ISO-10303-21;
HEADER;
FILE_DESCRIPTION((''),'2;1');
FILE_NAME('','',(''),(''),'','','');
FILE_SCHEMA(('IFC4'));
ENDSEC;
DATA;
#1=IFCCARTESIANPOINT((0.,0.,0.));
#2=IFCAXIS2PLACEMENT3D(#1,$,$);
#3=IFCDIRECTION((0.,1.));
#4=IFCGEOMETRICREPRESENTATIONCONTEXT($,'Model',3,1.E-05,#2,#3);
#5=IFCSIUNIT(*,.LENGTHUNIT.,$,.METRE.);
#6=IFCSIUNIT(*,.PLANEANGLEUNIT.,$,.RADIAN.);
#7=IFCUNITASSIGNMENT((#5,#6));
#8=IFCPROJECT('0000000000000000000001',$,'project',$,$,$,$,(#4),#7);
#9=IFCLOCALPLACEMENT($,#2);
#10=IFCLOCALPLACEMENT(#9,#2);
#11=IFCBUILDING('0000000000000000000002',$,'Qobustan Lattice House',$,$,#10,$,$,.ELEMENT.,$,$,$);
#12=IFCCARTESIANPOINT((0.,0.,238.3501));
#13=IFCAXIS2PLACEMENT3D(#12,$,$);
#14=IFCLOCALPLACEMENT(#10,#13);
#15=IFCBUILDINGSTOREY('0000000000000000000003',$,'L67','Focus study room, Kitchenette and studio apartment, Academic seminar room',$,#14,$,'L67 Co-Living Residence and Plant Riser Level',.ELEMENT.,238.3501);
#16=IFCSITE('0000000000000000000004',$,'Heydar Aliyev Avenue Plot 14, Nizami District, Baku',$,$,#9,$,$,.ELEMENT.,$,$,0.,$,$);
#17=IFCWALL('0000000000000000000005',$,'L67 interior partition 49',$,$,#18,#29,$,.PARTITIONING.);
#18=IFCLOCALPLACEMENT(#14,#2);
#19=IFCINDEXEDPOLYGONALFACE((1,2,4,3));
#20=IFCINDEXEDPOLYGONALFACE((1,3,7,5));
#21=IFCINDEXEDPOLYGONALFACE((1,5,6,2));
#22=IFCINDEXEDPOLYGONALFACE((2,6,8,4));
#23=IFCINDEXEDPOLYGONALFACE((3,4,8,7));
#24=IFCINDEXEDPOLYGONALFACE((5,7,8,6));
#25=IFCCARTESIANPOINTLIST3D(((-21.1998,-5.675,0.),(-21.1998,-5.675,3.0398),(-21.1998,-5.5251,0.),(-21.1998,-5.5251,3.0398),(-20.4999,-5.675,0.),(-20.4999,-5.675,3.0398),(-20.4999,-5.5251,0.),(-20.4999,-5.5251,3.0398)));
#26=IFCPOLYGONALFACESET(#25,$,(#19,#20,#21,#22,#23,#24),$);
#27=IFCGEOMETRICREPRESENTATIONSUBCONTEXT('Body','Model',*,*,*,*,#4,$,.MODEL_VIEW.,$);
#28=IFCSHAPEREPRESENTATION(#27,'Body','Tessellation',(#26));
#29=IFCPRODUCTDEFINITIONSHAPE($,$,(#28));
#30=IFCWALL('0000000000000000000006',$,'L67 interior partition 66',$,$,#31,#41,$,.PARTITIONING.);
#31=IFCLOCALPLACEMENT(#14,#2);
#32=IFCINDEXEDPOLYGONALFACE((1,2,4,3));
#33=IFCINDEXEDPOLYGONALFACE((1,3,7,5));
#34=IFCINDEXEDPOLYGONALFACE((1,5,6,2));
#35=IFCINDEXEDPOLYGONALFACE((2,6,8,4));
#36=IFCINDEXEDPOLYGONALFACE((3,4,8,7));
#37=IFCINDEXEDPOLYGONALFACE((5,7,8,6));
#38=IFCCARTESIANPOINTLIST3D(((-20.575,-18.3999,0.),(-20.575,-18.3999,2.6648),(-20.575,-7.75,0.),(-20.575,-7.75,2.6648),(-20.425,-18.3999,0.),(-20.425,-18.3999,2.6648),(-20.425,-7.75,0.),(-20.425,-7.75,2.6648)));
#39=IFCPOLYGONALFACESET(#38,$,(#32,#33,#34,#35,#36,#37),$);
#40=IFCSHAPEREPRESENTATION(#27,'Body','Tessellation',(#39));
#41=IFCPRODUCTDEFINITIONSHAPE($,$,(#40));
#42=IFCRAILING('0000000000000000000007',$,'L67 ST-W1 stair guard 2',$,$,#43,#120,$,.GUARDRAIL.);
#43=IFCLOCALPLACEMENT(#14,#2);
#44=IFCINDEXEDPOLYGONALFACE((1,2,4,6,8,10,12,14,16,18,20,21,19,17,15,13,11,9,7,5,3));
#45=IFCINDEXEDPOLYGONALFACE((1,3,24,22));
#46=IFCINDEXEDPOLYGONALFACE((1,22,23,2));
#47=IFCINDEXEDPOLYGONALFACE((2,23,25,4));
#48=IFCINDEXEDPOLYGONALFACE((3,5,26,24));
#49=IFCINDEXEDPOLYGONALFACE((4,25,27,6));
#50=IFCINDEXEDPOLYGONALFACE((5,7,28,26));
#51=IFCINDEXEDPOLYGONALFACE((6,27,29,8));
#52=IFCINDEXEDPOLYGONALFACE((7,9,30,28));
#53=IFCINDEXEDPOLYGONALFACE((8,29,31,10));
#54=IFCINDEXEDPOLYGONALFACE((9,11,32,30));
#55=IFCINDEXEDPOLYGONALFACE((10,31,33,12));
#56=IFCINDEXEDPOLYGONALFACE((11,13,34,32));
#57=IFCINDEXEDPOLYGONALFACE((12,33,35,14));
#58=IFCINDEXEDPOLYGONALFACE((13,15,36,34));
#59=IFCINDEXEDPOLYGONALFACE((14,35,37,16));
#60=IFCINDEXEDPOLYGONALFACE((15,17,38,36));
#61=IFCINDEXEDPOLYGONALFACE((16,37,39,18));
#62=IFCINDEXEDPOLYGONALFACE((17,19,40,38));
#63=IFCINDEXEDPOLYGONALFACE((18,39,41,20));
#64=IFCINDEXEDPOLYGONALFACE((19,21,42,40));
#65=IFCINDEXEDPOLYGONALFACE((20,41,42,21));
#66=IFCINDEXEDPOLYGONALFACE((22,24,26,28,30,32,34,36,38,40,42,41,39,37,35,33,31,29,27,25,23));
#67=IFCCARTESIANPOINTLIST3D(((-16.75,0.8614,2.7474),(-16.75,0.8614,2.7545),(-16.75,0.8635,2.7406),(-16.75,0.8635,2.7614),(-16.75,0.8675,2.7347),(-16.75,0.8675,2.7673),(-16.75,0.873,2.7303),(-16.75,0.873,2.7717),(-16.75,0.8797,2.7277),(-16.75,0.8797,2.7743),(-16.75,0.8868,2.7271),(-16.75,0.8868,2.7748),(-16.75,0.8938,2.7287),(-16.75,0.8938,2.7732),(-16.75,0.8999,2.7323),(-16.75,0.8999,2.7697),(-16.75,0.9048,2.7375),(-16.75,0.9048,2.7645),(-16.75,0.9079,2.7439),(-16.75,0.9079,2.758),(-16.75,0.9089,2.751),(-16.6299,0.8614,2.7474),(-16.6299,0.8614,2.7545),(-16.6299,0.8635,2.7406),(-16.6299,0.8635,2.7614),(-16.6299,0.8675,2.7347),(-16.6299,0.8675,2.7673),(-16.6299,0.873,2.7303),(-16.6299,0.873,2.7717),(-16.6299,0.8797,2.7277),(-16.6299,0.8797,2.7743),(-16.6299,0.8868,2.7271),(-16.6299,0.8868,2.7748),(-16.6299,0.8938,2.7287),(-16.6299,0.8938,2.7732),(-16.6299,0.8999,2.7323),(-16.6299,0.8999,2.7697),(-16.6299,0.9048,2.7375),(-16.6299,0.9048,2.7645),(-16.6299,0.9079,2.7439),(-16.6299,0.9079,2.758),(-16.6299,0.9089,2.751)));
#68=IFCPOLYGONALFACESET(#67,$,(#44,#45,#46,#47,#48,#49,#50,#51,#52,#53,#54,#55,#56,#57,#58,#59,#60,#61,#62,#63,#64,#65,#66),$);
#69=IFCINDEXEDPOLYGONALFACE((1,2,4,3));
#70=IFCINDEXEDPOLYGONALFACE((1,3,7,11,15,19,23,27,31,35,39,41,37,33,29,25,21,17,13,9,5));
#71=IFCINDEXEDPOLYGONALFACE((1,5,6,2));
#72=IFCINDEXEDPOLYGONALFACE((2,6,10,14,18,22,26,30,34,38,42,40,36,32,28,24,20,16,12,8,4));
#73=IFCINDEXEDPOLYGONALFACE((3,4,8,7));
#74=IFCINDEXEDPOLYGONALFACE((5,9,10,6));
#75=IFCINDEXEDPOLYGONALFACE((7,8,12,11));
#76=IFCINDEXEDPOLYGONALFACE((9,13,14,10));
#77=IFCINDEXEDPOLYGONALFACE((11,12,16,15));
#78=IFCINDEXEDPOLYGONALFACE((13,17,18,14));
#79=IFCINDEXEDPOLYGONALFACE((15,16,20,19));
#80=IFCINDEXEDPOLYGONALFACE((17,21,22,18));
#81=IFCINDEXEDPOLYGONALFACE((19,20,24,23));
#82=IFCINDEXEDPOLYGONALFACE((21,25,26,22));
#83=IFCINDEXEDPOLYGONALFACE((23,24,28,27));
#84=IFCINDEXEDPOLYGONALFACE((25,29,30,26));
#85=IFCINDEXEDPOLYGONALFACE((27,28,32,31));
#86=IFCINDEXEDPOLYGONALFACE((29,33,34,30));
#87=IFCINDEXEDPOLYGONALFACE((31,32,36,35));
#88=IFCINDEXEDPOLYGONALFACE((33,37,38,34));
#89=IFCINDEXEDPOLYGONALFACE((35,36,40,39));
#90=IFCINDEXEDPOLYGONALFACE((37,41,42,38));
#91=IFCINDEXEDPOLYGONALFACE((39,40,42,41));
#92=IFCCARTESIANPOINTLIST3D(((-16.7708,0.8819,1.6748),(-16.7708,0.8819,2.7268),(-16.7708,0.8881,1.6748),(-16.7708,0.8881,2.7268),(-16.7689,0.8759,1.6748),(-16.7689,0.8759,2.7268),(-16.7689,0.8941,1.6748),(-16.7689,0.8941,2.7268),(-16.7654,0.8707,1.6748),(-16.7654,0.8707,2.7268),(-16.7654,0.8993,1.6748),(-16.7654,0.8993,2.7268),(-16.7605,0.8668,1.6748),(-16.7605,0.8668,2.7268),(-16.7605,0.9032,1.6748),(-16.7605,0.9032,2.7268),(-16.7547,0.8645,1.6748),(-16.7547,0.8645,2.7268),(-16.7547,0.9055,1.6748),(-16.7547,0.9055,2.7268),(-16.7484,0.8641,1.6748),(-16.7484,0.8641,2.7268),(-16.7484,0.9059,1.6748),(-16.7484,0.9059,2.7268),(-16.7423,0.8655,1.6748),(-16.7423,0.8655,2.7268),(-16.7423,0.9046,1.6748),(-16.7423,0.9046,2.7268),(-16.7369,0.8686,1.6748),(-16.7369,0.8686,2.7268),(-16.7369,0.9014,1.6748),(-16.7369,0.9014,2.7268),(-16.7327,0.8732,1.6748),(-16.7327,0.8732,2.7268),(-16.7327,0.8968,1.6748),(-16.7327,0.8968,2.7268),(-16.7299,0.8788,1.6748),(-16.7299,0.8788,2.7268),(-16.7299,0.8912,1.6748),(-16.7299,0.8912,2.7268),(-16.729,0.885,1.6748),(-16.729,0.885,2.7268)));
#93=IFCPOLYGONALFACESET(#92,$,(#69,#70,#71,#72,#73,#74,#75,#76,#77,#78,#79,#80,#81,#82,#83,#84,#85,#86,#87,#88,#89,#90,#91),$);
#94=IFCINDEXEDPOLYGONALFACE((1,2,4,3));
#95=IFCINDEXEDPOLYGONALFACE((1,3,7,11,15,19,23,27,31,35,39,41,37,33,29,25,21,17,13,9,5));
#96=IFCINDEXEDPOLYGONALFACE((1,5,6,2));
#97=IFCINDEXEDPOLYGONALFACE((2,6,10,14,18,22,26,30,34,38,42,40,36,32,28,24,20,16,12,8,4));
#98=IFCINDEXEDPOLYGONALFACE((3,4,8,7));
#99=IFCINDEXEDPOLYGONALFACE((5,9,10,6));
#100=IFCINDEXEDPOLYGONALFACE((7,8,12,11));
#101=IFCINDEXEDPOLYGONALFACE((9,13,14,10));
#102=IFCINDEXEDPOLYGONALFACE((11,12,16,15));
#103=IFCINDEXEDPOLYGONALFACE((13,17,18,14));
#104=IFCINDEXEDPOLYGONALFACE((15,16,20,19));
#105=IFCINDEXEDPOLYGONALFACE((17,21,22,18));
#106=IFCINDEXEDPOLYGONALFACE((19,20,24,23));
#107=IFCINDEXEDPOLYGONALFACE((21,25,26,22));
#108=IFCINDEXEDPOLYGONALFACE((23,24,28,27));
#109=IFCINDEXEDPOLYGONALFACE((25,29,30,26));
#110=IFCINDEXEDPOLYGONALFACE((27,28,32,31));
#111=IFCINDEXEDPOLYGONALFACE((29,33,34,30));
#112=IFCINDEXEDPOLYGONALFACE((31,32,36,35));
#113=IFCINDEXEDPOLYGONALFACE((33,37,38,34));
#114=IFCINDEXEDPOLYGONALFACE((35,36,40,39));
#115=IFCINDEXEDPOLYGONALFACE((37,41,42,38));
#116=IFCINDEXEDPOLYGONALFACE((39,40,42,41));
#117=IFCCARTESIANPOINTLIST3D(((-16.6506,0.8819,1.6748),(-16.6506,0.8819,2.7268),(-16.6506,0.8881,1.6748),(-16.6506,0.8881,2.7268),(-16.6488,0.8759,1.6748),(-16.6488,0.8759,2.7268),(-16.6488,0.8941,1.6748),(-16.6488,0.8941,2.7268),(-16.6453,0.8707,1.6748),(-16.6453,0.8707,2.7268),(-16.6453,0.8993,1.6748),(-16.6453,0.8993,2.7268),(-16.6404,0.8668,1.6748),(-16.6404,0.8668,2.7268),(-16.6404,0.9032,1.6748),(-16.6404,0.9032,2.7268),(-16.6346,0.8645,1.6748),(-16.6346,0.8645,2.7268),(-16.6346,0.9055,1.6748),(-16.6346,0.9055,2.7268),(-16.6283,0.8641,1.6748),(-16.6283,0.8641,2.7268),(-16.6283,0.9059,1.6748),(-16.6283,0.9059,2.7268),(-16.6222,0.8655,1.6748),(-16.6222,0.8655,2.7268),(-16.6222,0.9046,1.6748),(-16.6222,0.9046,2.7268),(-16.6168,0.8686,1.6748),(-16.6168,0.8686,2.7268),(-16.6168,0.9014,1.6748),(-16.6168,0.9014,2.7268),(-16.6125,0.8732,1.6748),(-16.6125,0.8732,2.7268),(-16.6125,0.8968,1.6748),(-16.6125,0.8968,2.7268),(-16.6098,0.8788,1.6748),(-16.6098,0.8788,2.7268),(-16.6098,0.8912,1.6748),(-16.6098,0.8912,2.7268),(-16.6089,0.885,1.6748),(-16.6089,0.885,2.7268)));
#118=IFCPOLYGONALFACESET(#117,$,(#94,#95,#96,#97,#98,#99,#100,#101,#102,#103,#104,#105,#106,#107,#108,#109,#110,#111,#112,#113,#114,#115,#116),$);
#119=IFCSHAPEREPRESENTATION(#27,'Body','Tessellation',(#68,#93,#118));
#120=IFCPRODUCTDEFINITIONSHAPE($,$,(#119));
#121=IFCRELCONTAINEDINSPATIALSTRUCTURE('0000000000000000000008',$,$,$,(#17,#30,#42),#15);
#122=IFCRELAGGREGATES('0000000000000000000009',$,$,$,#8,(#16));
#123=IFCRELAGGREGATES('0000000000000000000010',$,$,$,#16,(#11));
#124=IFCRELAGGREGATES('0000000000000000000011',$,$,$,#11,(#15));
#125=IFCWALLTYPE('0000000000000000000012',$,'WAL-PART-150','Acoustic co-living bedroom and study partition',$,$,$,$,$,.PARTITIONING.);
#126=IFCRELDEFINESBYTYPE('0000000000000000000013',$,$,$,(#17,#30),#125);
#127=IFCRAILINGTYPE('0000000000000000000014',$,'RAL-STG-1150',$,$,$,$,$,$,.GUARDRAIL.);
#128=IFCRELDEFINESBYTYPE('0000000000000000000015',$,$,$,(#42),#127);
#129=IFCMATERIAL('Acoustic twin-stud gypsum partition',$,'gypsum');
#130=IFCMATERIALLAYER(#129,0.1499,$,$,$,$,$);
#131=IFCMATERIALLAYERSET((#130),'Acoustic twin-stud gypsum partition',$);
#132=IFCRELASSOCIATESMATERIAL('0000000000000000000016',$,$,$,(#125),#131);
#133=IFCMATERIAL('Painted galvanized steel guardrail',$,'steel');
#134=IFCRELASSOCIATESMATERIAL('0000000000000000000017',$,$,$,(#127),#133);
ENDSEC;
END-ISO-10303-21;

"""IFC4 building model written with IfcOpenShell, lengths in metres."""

from ifc_helpers import new_model, si_unit, direction, frame, frame_2d, origin, origin_2d, place, context, subcontext, project, spatial, rectangle, circle, extrude, material, layer, layer_set, type_object, element, save


model = new_model("IFC4")

# Units and contexts
model_context = context("Model", 3, precision=1e-05, world=origin(), true_north=direction((0.0, 1.0)))
body_context = subcontext(model_context, "Body", "Model", "MODEL_VIEW")
ifc_project = project(units=[si_unit("LENGTHUNIT", "METRE"), si_unit("PLANEANGLEUNIT", "RADIAN")], contexts=[model_context])

# Site, building, storey
site_placement = place(None, origin())
site = spatial("IfcSite", under=ifc_project, at=site_placement, Name="Heydar Aliyev Avenue Plot 14, Nizami District, Baku", CompositionType="ELEMENT", RefElevation=0.0)
building_placement = place(site_placement, origin())
building = spatial("IfcBuilding", under=site, at=building_placement, Name="Qobustan Lattice House", CompositionType="ELEMENT")
storey_placement = place(building_placement, frame((0.0, 0.0, 238.3501)))
storey = spatial("IfcBuildingStorey", under=building, at=storey_placement, Name="L67", Description="Focus study room, Kitchenette and studio apartment, Academic seminar room", LongName="L67 Co-Living Residence and Plant Riser Level", CompositionType="ELEMENT", Elevation=238.3501)

# Shared definitions
ifc_material_1 = material(Name="Acoustic twin-stud gypsum partition", Category="gypsum")
ifc_layer_1 = layer(ifc_material_1, 0.1499)
ifc_layer_set_1 = layer_set([ifc_layer_1], Name="Acoustic twin-stud gypsum partition")
wall_type_1 = type_object("IfcWallType", Name="WAL-PART-150", Description="Acoustic co-living bedroom and study partition", PredefinedType="PARTITIONING", material=ifc_layer_set_1)

# Walls
for number, where, z_axis, x_axis, name in (
    (1, (-21.2, -5.6001, 0.0), (0.0, 0.0, 1.0), (1.0, 0.0, 0.0), "L67 interior partition 49"),
):
    element("IfcWall", number, at=place(storey_placement, frame(where, z_axis=z_axis, x_axis=x_axis)), inside=storey, type_object=wall_type_1, Name=name, PredefinedType="PARTITIONING", context=body_context, shape_type="SweptSolid", body=[
        extrude(rectangle(XDim=0.7, YDim=0.1499, at=frame_2d((0.3501, 0.0))), origin(), (0.0, 0.0, 1.0), 3.0398),
    ])
wall_1_placement = place(storey_placement, frame((-20.5, -7.75, 0.0), z_axis=(0.0, 0.0, 1.0), x_axis=(0.0, -1.0, 0.0)))
element("IfcWall", 2, at=wall_1_placement, inside=storey, type_object=wall_type_1, Name="L67 interior partition 66", PredefinedType="PARTITIONING", context=body_context, shape_type="SweptSolid", body=[
    extrude(rectangle(XDim=10.6499, YDim=0.1499, at=frame_2d((5.325, 0.0))), origin(), (0.0, 0.0, 1.0), 2.6648),
])

# Railing
ifc_material_2 = material(Name="Painted galvanized steel guardrail", Category="steel")
railing_type = type_object("IfcRailingType", Name="RAL-STG-1150", PredefinedType="GUARDRAIL", material=ifc_material_2)
railing_placement = place(storey_placement, frame((-16.75, 0.885, 1.6748)))
element("IfcRailing", 3, at=railing_placement, inside=storey, type_object=railing_type, Name="L67 ST-W1 stair guard 2", PredefinedType="GUARDRAIL", context=body_context, shape_type="SweptSolid", body=[
    extrude(circle(Radius=0.0239, at=origin_2d()), frame((0.0, 0.0, 1.0762), z_axis=(1.0, 0.0, 0.0), x_axis=(0.0, 1.0, 0.0)), (0.0, 0.0, 1.0), 0.1201),
    extrude(circle(Radius=0.021, at=origin_2d()), origin(), (0.0, 0.0, 1.0), 1.052),
    extrude(circle(Radius=0.021, at=origin_2d()), frame((0.1201, 0.0, 0.0)), (0.0, 0.0, 1.0), 1.052),
])

save(model, "model.ifc")
